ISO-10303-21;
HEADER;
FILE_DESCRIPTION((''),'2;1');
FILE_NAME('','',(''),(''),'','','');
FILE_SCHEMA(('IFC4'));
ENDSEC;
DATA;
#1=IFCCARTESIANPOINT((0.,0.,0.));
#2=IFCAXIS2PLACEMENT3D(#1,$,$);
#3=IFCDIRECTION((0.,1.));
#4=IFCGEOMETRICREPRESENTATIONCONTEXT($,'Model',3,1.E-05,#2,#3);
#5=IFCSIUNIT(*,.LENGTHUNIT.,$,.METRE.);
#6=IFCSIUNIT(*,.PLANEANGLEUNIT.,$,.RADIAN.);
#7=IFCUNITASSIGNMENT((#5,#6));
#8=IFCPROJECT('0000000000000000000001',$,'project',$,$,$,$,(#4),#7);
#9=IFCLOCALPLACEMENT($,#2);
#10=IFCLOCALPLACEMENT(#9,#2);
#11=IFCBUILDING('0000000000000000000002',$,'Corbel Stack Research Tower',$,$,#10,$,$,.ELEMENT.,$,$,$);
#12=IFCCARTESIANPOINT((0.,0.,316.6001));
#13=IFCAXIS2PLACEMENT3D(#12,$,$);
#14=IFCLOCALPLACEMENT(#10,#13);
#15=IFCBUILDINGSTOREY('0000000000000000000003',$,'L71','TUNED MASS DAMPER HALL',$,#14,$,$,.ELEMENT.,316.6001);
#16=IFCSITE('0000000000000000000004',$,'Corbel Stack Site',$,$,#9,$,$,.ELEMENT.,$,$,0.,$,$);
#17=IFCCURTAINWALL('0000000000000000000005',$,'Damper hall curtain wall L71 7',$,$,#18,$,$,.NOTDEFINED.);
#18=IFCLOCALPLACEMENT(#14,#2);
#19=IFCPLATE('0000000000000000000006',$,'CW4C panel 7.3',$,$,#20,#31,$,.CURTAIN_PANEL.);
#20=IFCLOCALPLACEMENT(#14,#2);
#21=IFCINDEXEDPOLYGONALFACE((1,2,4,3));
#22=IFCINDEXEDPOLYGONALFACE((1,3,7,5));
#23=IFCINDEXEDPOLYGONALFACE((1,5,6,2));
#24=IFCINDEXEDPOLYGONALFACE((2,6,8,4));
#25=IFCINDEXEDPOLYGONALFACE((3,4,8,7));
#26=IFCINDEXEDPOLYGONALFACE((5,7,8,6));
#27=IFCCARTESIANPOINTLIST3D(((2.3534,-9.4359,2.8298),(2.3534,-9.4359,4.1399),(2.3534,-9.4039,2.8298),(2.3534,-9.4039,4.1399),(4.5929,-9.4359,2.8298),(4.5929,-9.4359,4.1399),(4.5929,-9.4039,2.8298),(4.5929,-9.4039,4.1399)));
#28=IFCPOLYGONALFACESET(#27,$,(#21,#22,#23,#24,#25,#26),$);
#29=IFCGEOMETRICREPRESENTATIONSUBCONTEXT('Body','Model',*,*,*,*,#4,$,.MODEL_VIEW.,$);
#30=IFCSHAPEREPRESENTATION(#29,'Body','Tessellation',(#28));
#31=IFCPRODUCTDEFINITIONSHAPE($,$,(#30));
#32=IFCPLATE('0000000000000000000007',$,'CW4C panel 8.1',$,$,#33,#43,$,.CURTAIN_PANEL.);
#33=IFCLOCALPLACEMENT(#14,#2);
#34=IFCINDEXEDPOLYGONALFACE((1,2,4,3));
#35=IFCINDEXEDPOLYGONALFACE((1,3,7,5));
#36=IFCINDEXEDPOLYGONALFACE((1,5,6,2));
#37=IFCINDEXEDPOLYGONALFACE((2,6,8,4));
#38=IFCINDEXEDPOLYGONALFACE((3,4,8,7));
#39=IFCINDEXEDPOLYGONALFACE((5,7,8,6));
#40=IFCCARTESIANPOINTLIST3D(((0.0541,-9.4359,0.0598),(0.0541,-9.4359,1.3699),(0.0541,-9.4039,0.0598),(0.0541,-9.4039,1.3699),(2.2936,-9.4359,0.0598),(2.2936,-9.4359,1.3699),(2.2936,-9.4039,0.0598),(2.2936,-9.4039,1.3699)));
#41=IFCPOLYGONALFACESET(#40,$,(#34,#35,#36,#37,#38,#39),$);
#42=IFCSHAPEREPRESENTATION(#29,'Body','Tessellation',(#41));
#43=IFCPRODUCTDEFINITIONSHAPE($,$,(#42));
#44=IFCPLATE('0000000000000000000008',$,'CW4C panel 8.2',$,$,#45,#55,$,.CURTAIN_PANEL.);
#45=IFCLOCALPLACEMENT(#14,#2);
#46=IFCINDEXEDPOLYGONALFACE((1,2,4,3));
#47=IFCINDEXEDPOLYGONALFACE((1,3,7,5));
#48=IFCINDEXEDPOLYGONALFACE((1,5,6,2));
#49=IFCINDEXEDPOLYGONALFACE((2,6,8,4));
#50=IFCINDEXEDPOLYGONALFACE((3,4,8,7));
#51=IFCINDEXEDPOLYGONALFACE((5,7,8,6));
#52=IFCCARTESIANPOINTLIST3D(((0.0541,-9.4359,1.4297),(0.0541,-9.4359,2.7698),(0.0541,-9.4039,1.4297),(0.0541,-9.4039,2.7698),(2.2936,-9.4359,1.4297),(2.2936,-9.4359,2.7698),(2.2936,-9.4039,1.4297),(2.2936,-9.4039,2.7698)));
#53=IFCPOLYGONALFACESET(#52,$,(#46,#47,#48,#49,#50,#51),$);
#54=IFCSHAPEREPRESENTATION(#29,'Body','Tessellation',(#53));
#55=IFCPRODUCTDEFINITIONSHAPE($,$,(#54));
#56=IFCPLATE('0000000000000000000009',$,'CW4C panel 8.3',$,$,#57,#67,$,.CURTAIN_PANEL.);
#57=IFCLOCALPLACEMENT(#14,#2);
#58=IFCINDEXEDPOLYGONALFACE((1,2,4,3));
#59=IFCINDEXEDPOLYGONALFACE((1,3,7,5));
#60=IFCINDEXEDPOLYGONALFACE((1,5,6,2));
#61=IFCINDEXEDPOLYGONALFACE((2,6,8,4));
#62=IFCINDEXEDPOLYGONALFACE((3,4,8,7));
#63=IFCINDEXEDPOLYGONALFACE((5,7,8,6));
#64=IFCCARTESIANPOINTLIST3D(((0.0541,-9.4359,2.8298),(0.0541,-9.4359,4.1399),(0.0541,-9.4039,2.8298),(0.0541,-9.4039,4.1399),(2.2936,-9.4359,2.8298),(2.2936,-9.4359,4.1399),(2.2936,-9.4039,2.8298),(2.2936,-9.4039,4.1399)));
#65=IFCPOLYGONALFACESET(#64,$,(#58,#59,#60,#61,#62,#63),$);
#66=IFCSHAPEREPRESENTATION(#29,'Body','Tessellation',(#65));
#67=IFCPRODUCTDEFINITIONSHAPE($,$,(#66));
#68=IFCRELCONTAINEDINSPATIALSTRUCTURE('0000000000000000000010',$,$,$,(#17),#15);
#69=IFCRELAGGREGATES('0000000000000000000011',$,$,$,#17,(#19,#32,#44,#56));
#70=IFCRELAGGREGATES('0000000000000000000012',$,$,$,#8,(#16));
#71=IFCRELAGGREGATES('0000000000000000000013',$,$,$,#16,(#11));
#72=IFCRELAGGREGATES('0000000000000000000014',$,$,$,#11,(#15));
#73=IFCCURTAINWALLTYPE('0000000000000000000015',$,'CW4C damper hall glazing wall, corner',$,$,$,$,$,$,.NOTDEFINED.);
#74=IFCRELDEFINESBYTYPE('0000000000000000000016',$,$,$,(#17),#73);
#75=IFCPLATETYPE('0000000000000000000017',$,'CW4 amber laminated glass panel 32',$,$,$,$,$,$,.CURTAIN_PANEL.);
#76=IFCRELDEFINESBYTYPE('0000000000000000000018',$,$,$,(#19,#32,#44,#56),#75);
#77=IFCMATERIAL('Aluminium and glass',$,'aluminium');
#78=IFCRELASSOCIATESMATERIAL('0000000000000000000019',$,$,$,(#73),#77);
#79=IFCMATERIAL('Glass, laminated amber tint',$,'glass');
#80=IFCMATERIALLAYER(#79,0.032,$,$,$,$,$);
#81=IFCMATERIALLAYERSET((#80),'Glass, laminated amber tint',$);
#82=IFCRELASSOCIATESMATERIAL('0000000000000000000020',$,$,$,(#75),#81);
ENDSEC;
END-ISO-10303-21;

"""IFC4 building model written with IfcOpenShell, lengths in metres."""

from ifc_helpers import new_model, si_unit, direction, frame, origin, origin_2d, place, context, subcontext, project, spatial, rectangle, extrude, material, layer, layer_set, type_object, element, aggregate, save


model = new_model("IFC4")

# Units and contexts
model_context = context("Model", 3, precision=1e-05, world=origin(), true_north=direction((0.0, 1.0)))
body_context = subcontext(model_context, "Body", "Model", "MODEL_VIEW")
ifc_project = project(units=[si_unit("LENGTHUNIT", "METRE"), si_unit("PLANEANGLEUNIT", "RADIAN")], contexts=[model_context])

# Site, building, storey
site_placement = place(None, origin())
site = spatial("IfcSite", under=ifc_project, at=site_placement, Name="Corbel Stack Site", CompositionType="ELEMENT", RefElevation=0.0)
building_placement = place(site_placement, origin())
building = spatial("IfcBuilding", under=site, at=building_placement, Name="Corbel Stack Research Tower", CompositionType="ELEMENT")
storey_placement = place(building_placement, frame((0.0, 0.0, 316.6001)))
storey = spatial("IfcBuildingStorey", under=building, at=storey_placement, Name="L71", Description="TUNED MASS DAMPER HALL", CompositionType="ELEMENT", Elevation=316.6001)

# Curtain wall, plates
ifc_material_1 = material(Name="Aluminium and glass", Category="aluminium")
curtain_wall_type = type_object("IfcCurtainWallType", Name="CW4C damper hall glazing wall, corner", PredefinedType="NOTDEFINED", material=ifc_material_1)
curtain_wall_placement = place(storey_placement, origin())
curtain_wall = element("IfcCurtainWall", 1, at=curtain_wall_placement, inside=storey, type_object=curtain_wall_type, Name="Damper hall curtain wall L71 7", PredefinedType="NOTDEFINED")
ifc_material_2 = material(Name="Glass, laminated amber tint", Category="glass")
ifc_layer = layer(ifc_material_2, 0.032)
ifc_layer_set = layer_set([ifc_layer], Name="Glass, laminated amber tint")
plate_type = type_object("IfcPlateType", Name="CW4 amber laminated glass panel 32", PredefinedType="CURTAIN_PANEL", material=ifc_layer_set)
plate_1_placement = place(storey_placement, frame((3.4731, -9.4199, 2.8298), z_axis=(0.0, 0.0, 1.0), x_axis=(-1.0, 0.0, 0.0)))
plate_1 = element("IfcPlate", 2, at=plate_1_placement, type_object=plate_type, Name="CW4C panel 7.3", PredefinedType="CURTAIN_PANEL", context=body_context, shape_type="SweptSolid", body=[
    extrude(rectangle(XDim=2.2395, YDim=0.032, at=origin_2d()), origin(), (0.0, 0.0, 1.0), 1.3101),
])
plate_2_placement = place(storey_placement, frame((1.1738, -9.4199, 0.0598), z_axis=(0.0, 0.0, 1.0), x_axis=(-1.0, 0.0, 0.0)))
plate_2 = element("IfcPlate", 3, at=plate_2_placement, type_object=plate_type, Name="CW4C panel 8.1", PredefinedType="CURTAIN_PANEL", context=body_context, shape_type="SweptSolid", body=[
    extrude(rectangle(XDim=2.2395, YDim=0.032, at=origin_2d()), origin(), (0.0, 0.0, 1.0), 1.3101),
])
plate_3_placement = place(storey_placement, frame((1.1738, -9.4199, 1.4297), z_axis=(0.0, 0.0, 1.0), x_axis=(-1.0, 0.0, 0.0)))
plate_3 = element("IfcPlate", 4, at=plate_3_placement, type_object=plate_type, Name="CW4C panel 8.2", PredefinedType="CURTAIN_PANEL", context=body_context, shape_type="SweptSolid", body=[
    extrude(rectangle(XDim=2.2395, YDim=0.032, at=origin_2d()), origin(), (0.0, 0.0, 1.0), 1.3401),
])
plate_4_placement = place(storey_placement, frame((1.1738, -9.4199, 2.8298), z_axis=(0.0, 0.0, 1.0), x_axis=(-1.0, 0.0, 0.0)))
plate_4 = element("IfcPlate", 5, at=plate_4_placement, type_object=plate_type, Name="CW4C panel 8.3", PredefinedType="CURTAIN_PANEL", context=body_context, shape_type="SweptSolid", body=[
    extrude(rectangle(XDim=2.2395, YDim=0.032, at=origin_2d()), origin(), (0.0, 0.0, 1.0), 1.3101),
])
aggregate(curtain_wall, [plate_1, plate_2, plate_3, plate_4])

save(model, "model.ifc")
